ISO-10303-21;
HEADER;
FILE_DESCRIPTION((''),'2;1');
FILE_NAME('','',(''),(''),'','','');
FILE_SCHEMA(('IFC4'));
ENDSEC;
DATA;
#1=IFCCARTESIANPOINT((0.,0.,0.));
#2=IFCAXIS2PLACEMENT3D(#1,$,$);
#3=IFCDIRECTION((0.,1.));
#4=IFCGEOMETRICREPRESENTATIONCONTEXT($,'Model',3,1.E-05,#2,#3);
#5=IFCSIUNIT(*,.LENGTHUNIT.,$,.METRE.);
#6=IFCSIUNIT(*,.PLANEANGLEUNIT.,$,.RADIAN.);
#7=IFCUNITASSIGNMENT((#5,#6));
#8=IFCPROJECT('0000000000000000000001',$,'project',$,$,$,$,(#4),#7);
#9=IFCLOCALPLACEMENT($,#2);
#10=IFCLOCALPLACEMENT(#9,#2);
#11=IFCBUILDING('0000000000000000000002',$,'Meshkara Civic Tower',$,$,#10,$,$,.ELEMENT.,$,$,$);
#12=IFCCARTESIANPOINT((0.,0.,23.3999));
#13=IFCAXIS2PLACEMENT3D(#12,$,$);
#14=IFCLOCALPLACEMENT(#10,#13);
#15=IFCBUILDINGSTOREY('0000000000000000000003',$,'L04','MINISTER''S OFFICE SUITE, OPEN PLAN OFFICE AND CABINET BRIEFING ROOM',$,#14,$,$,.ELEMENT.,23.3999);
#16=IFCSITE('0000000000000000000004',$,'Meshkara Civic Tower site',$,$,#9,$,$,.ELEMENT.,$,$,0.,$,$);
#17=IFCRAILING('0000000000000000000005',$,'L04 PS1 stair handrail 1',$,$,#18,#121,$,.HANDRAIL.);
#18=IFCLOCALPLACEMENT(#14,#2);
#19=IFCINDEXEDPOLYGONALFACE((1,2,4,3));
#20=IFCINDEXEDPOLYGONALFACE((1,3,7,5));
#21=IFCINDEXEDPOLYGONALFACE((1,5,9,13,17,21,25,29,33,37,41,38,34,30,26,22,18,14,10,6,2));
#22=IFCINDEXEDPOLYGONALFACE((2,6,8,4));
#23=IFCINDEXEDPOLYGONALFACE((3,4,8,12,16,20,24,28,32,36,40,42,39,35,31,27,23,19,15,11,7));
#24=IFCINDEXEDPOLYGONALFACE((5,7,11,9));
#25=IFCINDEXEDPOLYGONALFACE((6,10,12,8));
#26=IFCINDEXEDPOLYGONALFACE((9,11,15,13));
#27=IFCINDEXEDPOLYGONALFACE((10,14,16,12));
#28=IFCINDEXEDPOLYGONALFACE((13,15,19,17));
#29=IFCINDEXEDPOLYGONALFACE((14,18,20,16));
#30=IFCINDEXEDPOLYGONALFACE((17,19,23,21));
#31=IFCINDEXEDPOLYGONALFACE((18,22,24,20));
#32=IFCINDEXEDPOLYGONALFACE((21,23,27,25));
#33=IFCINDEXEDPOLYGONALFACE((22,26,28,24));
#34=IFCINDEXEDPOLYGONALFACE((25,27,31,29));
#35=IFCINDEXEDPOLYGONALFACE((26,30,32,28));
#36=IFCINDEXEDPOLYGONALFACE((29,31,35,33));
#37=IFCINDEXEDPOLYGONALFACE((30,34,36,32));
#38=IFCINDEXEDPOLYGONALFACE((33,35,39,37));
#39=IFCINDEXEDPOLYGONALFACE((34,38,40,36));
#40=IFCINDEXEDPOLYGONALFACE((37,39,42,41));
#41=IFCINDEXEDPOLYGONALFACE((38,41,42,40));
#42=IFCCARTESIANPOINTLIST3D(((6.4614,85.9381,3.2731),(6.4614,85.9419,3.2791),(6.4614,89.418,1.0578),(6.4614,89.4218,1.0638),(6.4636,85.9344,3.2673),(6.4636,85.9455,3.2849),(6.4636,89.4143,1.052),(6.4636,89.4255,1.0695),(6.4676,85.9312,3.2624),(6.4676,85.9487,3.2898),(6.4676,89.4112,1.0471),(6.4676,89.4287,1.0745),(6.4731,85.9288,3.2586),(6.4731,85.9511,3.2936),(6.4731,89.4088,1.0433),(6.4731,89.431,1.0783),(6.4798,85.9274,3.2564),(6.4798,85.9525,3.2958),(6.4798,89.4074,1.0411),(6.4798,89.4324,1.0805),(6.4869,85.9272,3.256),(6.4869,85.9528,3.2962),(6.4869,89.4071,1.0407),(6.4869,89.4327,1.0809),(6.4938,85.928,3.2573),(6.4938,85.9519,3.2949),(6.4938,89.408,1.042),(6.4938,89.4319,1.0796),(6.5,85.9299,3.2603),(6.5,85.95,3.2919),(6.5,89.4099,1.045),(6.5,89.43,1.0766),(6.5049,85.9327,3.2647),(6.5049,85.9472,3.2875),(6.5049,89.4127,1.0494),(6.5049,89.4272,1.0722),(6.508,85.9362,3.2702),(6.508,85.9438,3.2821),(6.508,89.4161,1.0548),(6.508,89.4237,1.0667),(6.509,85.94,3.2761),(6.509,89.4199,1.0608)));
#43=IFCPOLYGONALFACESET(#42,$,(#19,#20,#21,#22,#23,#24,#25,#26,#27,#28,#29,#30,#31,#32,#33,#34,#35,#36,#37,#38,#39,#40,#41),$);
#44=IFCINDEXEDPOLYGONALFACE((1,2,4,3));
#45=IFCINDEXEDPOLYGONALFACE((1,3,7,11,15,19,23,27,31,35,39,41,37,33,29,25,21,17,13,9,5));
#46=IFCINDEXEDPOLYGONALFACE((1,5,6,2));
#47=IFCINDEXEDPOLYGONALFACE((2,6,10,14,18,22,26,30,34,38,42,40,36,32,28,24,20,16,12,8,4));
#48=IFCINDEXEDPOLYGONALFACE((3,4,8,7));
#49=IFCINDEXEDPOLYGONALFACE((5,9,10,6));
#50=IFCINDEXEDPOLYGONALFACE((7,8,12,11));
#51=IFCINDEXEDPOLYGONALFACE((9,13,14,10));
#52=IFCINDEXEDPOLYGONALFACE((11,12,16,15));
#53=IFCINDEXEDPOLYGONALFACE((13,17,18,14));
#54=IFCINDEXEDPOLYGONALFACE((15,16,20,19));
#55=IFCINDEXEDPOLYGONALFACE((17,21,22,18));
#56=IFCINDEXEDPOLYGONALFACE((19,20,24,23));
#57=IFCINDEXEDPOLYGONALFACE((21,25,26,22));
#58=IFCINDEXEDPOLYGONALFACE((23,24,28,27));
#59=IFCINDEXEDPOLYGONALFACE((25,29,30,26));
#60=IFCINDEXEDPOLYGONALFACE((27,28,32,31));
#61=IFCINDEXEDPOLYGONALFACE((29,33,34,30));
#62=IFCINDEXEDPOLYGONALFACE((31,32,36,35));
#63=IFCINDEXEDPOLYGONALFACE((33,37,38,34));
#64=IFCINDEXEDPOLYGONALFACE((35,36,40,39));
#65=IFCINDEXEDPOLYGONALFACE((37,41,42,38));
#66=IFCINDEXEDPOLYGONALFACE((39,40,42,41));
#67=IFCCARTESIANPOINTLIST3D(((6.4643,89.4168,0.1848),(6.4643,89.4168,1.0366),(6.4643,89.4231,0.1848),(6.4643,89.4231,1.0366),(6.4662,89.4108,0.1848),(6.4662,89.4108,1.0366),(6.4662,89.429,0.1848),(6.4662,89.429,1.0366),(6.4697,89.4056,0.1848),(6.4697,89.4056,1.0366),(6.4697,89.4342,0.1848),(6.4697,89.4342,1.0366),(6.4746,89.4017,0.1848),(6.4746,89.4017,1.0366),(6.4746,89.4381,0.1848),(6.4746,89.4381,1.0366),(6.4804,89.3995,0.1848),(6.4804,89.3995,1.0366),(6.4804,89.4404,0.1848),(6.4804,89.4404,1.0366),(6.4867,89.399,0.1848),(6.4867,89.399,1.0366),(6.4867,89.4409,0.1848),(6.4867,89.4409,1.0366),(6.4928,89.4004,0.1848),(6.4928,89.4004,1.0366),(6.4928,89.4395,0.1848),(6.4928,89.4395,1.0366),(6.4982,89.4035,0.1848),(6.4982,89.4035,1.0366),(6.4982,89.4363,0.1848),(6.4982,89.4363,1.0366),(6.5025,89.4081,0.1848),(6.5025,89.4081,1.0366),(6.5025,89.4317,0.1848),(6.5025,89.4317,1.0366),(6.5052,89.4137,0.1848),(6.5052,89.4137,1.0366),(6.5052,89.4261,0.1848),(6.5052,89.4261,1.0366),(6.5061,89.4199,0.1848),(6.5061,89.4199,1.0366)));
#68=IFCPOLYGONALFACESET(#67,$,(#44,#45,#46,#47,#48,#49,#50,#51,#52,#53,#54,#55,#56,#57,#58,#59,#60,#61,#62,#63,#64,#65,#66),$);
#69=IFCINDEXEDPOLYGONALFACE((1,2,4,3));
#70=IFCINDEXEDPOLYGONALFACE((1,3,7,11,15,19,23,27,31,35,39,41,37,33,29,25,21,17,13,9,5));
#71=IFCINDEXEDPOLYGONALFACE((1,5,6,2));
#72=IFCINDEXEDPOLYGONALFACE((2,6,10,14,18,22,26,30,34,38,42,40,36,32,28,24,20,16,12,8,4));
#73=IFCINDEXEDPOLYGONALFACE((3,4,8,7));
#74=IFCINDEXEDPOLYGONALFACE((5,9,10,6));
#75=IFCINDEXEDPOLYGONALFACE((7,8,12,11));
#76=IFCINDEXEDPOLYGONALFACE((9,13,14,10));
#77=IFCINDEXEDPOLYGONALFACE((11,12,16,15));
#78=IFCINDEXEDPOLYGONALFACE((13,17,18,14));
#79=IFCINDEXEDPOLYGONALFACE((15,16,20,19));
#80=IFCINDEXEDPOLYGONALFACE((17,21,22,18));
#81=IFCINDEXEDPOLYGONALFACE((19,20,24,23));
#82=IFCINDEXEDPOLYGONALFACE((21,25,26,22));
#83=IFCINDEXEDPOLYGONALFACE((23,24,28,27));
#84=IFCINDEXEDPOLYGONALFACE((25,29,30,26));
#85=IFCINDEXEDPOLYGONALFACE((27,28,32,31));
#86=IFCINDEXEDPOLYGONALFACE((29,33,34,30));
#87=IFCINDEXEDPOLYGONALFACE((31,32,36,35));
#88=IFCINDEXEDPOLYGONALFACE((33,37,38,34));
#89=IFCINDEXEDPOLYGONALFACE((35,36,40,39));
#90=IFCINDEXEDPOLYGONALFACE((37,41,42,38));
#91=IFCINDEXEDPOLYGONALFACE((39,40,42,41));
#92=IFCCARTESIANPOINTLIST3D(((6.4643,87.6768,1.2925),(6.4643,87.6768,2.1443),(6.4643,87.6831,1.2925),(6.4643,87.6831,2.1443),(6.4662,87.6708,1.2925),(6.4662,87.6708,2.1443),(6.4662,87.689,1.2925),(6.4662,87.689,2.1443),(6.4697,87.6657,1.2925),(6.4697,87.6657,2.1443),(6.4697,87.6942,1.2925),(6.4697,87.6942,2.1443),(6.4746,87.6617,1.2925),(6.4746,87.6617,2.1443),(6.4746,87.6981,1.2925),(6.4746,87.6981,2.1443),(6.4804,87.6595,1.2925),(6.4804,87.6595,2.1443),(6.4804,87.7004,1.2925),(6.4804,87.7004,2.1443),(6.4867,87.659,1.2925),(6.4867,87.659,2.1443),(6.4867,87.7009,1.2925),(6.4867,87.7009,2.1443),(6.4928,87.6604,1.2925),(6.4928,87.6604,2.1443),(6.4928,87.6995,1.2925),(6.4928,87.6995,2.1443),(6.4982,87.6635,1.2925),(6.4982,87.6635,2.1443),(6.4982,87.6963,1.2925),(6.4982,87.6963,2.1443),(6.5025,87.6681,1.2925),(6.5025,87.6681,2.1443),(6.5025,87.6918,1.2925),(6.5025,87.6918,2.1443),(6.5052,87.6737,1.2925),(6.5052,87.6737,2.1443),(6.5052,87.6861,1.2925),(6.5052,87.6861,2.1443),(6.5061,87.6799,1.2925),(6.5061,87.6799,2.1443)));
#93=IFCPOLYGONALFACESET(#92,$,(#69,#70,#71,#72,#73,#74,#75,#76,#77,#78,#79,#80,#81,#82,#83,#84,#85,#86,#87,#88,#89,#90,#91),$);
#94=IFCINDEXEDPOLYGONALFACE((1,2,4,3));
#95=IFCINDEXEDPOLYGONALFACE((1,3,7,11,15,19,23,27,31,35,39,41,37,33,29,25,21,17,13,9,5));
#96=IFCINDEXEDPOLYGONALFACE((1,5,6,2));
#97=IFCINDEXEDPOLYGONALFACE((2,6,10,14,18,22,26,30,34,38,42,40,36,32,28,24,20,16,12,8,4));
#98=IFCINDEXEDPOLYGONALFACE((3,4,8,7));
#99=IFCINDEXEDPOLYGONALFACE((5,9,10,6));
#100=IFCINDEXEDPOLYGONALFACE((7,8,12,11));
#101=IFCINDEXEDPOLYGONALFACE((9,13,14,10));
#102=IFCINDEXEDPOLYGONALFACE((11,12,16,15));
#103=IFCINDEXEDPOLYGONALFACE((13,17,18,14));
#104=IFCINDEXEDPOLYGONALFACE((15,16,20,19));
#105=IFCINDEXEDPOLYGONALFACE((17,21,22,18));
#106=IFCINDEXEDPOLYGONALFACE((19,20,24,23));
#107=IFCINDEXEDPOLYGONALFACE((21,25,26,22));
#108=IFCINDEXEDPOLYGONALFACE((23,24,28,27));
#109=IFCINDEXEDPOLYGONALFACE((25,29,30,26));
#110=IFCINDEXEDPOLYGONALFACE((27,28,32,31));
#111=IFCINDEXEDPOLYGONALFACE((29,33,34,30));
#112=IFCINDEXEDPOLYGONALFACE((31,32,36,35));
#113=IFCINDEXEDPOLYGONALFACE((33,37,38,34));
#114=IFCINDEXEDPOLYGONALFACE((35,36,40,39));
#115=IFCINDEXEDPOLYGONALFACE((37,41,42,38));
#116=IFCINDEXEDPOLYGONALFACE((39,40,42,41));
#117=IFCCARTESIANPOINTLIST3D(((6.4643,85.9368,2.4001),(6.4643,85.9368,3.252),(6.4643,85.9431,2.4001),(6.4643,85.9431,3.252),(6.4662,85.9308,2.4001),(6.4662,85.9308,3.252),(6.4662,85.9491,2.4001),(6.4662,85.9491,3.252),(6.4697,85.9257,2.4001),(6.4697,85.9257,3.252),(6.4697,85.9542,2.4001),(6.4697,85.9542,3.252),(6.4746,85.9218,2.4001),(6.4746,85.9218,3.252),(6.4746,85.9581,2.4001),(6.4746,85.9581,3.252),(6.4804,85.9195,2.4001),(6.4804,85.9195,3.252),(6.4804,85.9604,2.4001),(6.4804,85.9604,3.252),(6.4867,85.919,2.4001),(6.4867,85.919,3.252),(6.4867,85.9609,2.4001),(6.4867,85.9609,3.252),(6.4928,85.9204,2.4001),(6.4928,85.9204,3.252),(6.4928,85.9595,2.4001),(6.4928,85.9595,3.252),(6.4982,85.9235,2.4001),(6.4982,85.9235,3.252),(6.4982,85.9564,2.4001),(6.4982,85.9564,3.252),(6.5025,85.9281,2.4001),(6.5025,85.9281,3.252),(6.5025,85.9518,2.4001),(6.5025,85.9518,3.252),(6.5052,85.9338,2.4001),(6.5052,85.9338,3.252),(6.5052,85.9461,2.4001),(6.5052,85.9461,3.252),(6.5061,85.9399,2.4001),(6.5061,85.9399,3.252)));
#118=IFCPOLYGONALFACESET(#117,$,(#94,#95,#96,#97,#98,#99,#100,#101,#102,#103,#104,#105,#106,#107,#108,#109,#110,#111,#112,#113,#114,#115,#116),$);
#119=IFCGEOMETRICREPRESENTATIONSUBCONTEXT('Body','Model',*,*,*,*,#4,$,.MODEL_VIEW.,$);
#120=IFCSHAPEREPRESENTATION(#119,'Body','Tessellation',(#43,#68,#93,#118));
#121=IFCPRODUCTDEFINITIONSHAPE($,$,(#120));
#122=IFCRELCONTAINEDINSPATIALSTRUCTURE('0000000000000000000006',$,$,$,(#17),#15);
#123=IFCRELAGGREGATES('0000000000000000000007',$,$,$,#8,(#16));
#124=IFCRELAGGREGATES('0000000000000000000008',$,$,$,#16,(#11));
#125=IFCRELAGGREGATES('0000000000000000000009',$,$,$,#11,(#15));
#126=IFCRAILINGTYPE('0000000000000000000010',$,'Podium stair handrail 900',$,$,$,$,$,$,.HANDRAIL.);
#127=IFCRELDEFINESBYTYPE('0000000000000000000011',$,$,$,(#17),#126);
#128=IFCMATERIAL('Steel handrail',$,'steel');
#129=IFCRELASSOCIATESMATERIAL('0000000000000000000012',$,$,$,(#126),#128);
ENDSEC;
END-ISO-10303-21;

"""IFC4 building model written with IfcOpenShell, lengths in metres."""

from ifc_helpers import new_model, si_unit, direction, frame, origin, origin_2d, place, context, subcontext, project, spatial, circle, extrude, material, type_object, element, save


model = new_model("IFC4")

# Units and contexts
model_context = context("Model", 3, precision=1e-05, world=origin(), true_north=direction((0.0, 1.0)))
body_context = subcontext(model_context, "Body", "Model", "MODEL_VIEW")
ifc_project = project(units=[si_unit("LENGTHUNIT", "METRE"), si_unit("PLANEANGLEUNIT", "RADIAN")], contexts=[model_context])

# Site, building, storey
site_placement = place(None, origin())
site = spatial("IfcSite", under=ifc_project, at=site_placement, Name="Meshkara Civic Tower site", CompositionType="ELEMENT", RefElevation=0.0)
building_placement = place(site_placement, origin())
building = spatial("IfcBuilding", under=site, at=building_placement, Name="Meshkara Civic Tower", CompositionType="ELEMENT")
storey_placement = place(building_placement, frame((0.0, 0.0, 23.3999)))
storey = spatial("IfcBuildingStorey", under=building, at=storey_placement, Name="L04", Description="MINISTER'S OFFICE SUITE, OPEN PLAN OFFICE AND CABINET BRIEFING ROOM", CompositionType="ELEMENT", Elevation=23.3999)

# Railing
ifc_material_1 = material(Name="Steel handrail", Category="steel")
railing_type_1 = type_object("IfcRailingType", Name="Podium stair handrail 900", PredefinedType="HANDRAIL", material=ifc_material_1)
railing_1_placement = place(storey_placement, frame((6.4851, 89.4199, 0.1848)))
element("IfcRailing", 1, at=railing_1_placement, inside=storey, type_object=railing_type_1, Name="L04 PS1 stair handrail 1", PredefinedType="HANDRAIL", context=body_context, shape_type="SweptSolid", body=[
    extrude(circle(Radius=0.0239, at=origin_2d()), frame((0.0, 0.0, 0.876), z_axis=(0.0, -0.843574, 0.537013), x_axis=(1.0, 0.0, 0.0)), (0.0, 0.0, 1.0), 4.1252),
    extrude(circle(Radius=0.021, at=origin_2d()), origin(), (0.0, 0.0, 1.0), 0.8518),
    extrude(circle(Radius=0.021, at=origin_2d()), frame((0.0, -1.74, 1.1077)), (0.0, 0.0, 1.0), 0.8518),
    extrude(circle(Radius=0.021, at=origin_2d()), frame((0.0, -3.48, 2.2153)), (0.0, 0.0, 1.0), 0.8518),
])

save(model, "model.ifc")
